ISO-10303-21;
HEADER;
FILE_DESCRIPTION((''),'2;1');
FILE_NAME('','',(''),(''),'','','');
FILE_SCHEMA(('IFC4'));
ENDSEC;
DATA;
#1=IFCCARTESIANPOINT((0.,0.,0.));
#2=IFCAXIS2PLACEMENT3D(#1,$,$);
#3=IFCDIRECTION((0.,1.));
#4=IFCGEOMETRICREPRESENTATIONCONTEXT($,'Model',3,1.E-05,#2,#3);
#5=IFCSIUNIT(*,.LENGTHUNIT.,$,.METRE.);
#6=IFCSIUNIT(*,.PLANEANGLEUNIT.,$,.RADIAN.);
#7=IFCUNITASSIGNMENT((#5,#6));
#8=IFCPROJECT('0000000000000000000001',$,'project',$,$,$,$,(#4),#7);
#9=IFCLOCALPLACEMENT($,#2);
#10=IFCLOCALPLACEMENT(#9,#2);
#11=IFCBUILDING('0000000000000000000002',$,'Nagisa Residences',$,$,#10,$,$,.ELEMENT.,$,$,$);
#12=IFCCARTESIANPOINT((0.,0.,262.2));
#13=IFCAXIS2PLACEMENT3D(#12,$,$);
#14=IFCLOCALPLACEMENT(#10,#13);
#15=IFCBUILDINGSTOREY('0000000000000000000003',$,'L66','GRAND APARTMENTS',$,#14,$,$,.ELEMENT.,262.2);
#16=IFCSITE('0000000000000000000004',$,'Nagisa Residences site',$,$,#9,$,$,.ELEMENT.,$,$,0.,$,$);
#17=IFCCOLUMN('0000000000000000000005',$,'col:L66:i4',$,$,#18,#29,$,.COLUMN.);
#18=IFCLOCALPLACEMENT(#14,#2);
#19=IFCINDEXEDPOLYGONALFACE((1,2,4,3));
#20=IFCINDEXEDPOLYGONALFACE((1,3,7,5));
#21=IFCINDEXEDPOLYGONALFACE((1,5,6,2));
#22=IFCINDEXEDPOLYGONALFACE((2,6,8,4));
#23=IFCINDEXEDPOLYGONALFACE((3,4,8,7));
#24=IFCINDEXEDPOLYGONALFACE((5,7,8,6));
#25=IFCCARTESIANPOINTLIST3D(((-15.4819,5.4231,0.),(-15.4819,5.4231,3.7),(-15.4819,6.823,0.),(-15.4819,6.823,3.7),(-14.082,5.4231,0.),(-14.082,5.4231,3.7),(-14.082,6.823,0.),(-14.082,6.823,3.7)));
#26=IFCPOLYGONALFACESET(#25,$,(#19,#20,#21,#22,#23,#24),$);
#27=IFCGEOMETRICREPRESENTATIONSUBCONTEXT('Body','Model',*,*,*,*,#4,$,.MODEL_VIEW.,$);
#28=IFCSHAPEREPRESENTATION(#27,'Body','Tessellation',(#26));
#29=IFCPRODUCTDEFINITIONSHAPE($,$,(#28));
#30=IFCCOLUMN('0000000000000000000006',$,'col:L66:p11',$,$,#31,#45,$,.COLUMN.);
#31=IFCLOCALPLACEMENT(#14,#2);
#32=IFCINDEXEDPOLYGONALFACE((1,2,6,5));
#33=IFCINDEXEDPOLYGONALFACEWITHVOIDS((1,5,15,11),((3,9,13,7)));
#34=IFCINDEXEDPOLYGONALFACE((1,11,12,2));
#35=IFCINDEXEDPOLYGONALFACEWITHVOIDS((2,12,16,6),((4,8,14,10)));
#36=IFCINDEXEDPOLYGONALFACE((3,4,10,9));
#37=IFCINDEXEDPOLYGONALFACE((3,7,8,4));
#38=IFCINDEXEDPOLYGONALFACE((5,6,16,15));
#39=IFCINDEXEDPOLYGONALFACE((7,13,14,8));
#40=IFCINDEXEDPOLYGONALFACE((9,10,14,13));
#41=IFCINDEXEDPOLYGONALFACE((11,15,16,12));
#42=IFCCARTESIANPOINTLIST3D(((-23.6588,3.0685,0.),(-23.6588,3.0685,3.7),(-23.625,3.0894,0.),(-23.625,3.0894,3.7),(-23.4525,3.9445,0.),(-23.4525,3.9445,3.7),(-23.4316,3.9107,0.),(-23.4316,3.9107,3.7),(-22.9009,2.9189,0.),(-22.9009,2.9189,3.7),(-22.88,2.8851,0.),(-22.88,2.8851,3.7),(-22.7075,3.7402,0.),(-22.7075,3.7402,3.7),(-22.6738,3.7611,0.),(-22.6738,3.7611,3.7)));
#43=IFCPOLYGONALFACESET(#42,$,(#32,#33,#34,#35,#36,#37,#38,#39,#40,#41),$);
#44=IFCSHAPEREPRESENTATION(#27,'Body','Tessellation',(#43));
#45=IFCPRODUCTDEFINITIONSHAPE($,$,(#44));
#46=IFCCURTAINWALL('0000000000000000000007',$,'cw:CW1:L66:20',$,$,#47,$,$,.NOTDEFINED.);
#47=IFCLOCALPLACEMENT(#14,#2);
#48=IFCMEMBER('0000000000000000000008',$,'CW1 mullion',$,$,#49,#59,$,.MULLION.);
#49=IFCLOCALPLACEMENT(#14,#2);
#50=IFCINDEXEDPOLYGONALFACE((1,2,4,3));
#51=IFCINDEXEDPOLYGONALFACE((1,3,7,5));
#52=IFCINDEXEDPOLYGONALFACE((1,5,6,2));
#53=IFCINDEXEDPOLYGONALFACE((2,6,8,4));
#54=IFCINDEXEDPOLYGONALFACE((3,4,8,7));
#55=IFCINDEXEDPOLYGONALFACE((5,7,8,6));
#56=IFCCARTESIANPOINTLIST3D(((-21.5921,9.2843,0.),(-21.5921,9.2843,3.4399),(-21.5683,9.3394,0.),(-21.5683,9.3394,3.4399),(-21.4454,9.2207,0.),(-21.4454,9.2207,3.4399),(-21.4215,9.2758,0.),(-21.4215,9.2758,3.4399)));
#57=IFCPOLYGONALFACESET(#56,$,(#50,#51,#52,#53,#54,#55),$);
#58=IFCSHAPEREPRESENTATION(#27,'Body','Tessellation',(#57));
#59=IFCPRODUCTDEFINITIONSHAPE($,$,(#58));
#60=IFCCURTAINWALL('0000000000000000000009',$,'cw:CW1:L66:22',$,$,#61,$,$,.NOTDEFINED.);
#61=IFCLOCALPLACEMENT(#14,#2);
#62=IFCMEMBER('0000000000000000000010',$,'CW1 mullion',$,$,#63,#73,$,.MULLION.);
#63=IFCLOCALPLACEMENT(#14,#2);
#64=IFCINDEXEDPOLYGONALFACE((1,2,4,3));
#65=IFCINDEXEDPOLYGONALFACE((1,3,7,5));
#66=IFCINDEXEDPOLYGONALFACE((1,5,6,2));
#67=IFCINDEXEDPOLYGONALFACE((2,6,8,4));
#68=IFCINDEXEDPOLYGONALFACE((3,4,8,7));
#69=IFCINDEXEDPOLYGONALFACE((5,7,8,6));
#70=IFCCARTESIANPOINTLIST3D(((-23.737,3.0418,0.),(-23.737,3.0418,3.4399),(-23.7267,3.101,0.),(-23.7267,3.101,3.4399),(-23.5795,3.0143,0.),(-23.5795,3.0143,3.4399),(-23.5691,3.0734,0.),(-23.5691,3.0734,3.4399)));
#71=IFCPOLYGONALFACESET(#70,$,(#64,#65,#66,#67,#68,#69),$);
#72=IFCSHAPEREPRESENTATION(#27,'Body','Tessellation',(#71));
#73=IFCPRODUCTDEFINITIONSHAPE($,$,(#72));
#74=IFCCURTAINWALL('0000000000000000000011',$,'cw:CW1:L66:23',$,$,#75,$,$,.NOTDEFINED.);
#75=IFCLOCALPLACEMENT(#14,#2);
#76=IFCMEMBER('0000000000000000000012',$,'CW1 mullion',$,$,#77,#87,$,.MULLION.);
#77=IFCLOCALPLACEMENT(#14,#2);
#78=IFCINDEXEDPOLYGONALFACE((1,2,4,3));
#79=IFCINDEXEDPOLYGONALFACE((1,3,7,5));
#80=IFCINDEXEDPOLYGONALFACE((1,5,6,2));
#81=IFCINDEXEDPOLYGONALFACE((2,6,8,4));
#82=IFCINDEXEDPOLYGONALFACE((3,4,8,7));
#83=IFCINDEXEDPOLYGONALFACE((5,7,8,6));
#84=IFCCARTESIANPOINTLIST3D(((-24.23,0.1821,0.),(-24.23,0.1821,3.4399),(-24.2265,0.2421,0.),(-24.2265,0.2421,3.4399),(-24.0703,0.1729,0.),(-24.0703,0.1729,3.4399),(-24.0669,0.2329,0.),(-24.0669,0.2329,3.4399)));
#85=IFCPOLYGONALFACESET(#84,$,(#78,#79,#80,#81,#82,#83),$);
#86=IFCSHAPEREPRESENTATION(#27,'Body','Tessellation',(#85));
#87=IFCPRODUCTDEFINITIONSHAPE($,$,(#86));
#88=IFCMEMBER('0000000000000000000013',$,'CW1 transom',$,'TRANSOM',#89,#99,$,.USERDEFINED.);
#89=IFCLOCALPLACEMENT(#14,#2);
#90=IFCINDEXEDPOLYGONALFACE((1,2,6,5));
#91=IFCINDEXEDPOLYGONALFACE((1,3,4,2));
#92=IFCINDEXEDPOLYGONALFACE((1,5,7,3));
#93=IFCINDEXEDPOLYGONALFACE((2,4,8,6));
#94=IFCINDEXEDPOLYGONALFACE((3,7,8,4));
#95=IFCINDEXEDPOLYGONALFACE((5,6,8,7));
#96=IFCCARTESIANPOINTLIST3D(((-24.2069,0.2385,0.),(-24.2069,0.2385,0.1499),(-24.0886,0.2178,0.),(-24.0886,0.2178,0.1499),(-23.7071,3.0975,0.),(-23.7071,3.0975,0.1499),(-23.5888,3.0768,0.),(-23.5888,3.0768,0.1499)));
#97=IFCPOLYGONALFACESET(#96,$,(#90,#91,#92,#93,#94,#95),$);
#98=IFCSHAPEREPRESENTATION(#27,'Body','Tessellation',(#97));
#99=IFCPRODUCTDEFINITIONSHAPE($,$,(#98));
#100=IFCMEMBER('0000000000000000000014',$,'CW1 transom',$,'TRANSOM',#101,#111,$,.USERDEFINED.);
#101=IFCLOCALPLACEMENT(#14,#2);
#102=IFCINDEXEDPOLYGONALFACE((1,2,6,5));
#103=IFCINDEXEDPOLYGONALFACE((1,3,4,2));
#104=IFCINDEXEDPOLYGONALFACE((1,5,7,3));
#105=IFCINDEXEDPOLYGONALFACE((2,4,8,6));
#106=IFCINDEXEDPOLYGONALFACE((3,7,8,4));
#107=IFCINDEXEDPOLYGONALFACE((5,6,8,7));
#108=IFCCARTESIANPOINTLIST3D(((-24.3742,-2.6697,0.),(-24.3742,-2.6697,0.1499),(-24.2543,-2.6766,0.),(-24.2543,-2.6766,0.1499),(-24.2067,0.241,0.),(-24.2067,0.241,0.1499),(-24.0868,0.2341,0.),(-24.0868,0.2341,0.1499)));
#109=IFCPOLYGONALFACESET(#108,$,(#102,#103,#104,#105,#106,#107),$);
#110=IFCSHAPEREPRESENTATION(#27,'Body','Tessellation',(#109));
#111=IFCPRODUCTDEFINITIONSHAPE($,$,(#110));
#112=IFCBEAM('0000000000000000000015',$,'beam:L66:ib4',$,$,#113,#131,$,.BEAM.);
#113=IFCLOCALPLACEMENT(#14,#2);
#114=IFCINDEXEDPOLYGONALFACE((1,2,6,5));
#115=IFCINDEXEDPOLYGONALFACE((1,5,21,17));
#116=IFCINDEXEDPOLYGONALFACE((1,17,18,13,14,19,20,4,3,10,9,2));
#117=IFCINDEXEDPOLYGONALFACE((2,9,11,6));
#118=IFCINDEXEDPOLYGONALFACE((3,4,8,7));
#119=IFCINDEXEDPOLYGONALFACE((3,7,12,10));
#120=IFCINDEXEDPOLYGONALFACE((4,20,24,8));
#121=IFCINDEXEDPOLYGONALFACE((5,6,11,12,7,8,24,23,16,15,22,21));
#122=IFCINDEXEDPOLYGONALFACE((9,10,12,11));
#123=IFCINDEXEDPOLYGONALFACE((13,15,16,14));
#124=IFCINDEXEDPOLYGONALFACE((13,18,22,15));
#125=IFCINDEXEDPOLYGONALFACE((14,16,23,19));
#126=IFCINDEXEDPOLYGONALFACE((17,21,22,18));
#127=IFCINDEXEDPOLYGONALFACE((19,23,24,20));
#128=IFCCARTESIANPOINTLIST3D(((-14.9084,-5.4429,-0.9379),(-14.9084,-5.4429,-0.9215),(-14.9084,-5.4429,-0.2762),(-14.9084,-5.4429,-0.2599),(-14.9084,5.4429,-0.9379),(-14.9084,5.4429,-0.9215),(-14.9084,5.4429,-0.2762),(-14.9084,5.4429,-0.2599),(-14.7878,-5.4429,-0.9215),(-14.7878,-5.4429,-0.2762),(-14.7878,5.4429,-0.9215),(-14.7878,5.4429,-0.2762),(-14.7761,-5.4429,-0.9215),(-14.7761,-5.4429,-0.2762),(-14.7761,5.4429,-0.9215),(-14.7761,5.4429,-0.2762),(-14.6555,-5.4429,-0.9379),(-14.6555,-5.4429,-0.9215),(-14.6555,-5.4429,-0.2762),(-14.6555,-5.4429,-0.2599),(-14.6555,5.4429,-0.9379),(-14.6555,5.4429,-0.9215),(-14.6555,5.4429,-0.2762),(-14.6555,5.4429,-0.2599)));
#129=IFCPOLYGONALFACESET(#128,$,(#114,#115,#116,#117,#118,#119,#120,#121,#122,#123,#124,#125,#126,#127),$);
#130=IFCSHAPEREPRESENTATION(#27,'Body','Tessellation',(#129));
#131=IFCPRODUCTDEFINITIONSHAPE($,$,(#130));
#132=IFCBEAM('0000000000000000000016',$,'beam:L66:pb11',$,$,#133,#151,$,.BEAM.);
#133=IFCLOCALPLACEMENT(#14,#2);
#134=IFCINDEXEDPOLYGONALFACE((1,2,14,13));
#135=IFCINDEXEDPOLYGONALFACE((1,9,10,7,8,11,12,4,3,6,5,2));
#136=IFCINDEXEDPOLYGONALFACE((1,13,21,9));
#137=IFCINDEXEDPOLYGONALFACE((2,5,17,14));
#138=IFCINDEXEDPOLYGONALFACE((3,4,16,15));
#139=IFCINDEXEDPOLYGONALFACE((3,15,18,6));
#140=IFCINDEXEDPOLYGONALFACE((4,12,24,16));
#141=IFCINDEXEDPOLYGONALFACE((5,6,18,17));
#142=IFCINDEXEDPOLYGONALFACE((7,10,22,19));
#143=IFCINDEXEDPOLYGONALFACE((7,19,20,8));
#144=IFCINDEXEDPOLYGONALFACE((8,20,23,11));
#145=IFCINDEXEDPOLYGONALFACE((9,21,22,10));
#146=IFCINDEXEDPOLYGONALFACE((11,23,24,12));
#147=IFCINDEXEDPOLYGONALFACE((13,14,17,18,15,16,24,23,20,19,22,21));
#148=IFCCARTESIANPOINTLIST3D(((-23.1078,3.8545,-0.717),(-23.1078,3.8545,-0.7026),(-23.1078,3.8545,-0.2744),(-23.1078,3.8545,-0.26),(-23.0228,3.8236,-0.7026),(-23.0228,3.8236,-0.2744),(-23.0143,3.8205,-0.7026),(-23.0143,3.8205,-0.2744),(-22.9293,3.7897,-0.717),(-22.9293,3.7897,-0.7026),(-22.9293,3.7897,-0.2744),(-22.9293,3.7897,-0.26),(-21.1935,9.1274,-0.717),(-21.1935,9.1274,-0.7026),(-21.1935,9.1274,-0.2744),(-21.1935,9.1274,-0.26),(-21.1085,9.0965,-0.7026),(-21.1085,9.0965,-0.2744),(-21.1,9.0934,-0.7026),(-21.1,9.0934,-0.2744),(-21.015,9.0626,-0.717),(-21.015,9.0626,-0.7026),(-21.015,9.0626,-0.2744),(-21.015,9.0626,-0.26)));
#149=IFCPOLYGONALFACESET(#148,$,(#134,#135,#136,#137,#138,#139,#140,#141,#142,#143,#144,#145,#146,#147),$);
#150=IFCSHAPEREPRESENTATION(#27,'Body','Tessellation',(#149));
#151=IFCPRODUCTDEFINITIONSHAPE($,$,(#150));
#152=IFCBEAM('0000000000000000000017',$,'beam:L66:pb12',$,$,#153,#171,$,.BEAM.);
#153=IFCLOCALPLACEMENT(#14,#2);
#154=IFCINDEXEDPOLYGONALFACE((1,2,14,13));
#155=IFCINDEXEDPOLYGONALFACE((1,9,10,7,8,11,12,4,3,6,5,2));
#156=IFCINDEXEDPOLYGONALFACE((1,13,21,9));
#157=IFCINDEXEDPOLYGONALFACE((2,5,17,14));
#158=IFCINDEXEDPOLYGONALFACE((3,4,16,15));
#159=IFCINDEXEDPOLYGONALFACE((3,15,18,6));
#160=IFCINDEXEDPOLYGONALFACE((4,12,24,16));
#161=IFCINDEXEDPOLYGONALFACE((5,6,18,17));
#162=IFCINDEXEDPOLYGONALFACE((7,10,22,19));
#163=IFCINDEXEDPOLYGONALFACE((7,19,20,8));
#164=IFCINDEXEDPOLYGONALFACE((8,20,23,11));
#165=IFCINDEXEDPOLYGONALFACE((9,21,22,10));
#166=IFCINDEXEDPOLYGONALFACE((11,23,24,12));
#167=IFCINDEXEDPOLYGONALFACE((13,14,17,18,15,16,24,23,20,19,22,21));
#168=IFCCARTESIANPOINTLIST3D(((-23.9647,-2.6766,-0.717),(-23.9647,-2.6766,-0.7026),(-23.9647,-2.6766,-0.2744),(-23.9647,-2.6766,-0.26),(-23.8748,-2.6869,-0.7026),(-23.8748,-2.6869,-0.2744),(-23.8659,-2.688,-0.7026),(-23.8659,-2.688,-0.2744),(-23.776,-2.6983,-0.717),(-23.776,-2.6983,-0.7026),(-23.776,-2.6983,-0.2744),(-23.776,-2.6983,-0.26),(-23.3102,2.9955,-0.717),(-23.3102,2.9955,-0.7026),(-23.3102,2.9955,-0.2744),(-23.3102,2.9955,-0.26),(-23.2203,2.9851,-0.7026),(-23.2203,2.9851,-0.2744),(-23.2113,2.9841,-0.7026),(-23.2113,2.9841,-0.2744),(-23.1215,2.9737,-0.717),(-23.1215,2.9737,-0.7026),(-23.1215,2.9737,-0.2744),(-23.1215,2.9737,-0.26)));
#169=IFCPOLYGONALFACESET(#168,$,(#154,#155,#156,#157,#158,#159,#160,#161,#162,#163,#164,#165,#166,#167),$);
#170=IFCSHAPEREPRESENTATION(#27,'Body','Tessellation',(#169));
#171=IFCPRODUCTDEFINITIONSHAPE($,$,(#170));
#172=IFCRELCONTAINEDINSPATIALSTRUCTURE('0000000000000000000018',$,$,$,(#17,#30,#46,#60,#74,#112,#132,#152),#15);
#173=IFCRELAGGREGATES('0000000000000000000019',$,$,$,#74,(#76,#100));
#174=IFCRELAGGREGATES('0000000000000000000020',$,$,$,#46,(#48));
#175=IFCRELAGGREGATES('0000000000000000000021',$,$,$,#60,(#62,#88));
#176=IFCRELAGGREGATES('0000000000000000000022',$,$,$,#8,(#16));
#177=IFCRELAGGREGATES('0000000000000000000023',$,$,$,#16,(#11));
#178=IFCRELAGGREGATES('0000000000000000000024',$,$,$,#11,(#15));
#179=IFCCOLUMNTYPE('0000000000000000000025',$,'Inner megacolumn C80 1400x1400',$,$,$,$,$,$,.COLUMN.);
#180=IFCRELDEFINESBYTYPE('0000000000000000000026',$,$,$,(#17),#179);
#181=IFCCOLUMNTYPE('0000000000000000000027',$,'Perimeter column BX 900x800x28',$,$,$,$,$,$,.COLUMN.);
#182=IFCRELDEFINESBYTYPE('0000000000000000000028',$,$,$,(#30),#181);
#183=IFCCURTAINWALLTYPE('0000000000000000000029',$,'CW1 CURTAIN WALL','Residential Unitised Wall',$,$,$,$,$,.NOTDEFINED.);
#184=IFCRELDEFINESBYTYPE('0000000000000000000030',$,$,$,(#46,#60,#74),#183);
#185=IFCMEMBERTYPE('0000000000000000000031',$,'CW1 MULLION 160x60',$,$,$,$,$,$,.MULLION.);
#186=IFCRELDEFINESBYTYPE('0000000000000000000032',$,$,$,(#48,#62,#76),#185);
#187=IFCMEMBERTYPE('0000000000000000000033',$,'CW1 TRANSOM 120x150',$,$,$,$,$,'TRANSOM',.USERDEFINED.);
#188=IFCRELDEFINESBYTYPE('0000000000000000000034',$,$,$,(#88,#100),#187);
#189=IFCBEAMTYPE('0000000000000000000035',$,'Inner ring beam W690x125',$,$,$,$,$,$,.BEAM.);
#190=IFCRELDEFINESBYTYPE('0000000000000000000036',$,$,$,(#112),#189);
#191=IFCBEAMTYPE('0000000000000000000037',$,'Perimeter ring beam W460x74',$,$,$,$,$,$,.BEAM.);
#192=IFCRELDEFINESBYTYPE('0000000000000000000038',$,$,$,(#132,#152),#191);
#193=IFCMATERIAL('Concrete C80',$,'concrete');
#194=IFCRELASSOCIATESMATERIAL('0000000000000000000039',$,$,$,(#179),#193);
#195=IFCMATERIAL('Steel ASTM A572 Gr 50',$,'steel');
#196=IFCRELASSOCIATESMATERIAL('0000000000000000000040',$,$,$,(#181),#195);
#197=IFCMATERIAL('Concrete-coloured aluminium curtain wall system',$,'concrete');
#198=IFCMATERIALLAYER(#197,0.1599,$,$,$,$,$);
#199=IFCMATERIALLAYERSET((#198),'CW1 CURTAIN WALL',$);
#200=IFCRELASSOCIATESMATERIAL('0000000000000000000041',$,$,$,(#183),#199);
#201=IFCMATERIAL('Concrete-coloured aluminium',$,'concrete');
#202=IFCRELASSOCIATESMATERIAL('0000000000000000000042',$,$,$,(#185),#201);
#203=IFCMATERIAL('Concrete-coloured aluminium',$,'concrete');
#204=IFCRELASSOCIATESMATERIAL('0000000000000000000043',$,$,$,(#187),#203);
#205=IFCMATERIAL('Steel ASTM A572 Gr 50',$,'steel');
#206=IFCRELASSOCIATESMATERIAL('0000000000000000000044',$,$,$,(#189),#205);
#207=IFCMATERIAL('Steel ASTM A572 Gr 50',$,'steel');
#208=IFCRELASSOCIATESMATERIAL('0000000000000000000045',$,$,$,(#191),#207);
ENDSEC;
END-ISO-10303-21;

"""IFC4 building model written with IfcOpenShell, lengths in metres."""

from ifc_helpers import new_model, si_unit, direction, frame, origin, origin_2d, place, context, subcontext, project, spatial, rectangle, hollow_rectangle, i_section, extrude, material, layer, layer_set, material_profile, profile_set, type_object, element, aggregate, save


model = new_model("IFC4")

# Units and contexts
model_context = context("Model", 3, precision=1e-05, world=origin(), true_north=direction((0.0, 1.0)))
body_context = subcontext(model_context, "Body", "Model", "MODEL_VIEW")
ifc_project = project(units=[si_unit("LENGTHUNIT", "METRE"), si_unit("PLANEANGLEUNIT", "RADIAN")], contexts=[model_context])

# Site, building, storey
site_placement = place(None, origin())
site = spatial("IfcSite", under=ifc_project, at=site_placement, Name="Nagisa Residences site", CompositionType="ELEMENT", RefElevation=0.0)
building_placement = place(site_placement, origin())
building = spatial("IfcBuilding", under=site, at=building_placement, Name="Nagisa Residences", CompositionType="ELEMENT")
storey_placement = place(building_placement, frame((0.0, 0.0, 262.2)))
storey = spatial("IfcBuildingStorey", under=building, at=storey_placement, Name="L66", Description="GRAND APARTMENTS", CompositionType="ELEMENT", Elevation=262.2)

# Columns
ifc_material_1 = material(Name="Concrete C80", Category="concrete")
ifc_material_profile_1 = material_profile(ifc_material_1, rectangle(XDim=1.3999, YDim=1.3999, at=origin_2d()), Name="C80 1400x1400")
ifc_profile_set_1 = profile_set([ifc_material_profile_1], Name="Concrete C80")
column_type_1 = type_object("IfcColumnType", Name="Inner megacolumn C80 1400x1400", PredefinedType="COLUMN", material=ifc_profile_set_1)
column_1_placement = place(storey_placement, frame((-14.782, 6.123, 0.0), z_axis=(0.0, 0.0, 1.0), x_axis=(1.0, 0.0, 0.0)))
element("IfcColumn", 1, at=column_1_placement, inside=storey, type_object=column_type_1, Name="col:L66:i4", PredefinedType="COLUMN", context=body_context, shape_type="SweptSolid", body=[
    extrude(rectangle(XDim=1.3999, YDim=1.3999, at=origin_2d()), origin(), (0.0, 0.0, 1.0), 3.7),
])
ifc_material_2 = material(Name="Steel ASTM A572 Gr 50", Category="steel")
ifc_material_profile_2 = material_profile(ifc_material_2, hollow_rectangle(XDim=0.8999, YDim=0.8, WallThickness=0.0281, at=origin_2d()), Name="BX 900x800x28")
ifc_profile_set_2 = profile_set([ifc_material_profile_2], Name="Steel ASTM A572 Gr 50")
column_type_2 = type_object("IfcColumnType", Name="Perimeter column BX 900x800x28", PredefinedType="COLUMN", material=ifc_profile_set_2)
column_2_placement = place(storey_placement, frame((-23.1663, 3.4148, 0.0), z_axis=(0.0, 0.0, 1.0), x_axis=(-0.229202, -0.973379, 0.0)))
element("IfcColumn", 2, at=column_2_placement, inside=storey, type_object=column_type_2, Name="col:L66:p11", PredefinedType="COLUMN", context=body_context, shape_type="SweptSolid", body=[
    extrude(hollow_rectangle(XDim=0.8999, YDim=0.8, WallThickness=0.0281, at=origin_2d()), origin(), (0.0, 0.0, 1.0), 3.7),
])

# Curtain walls, members
ifc_material_3 = material(Name="Concrete-coloured aluminium curtain wall system", Category="concrete")
ifc_layer_1 = layer(ifc_material_3, 0.1599)
ifc_layer_set_1 = layer_set([ifc_layer_1], Name="CW1 CURTAIN WALL")
curtain_wall_type = type_object("IfcCurtainWallType", Name="CW1 CURTAIN WALL", Description="Residential Unitised Wall", PredefinedType="NOTDEFINED", material=ifc_layer_set_1)
curtain_wall_1_placement = place(storey_placement, origin())
curtain_wall_1 = element("IfcCurtainWall", 3, at=curtain_wall_1_placement, inside=storey, type_object=curtain_wall_type, Name="cw:CW1:L66:20", PredefinedType="NOTDEFINED")
ifc_material_4 = material(Name="Concrete-coloured aluminium", Category="concrete")
ifc_material_profile_3 = material_profile(ifc_material_4, rectangle(XDim=0.1599, YDim=0.0601, at=origin_2d()), Name="CW1 MULLION 160x60")
ifc_profile_set_3 = profile_set([ifc_material_profile_3], Name="Concrete-coloured aluminium")
member_type_1 = type_object("IfcMemberType", Name="CW1 MULLION 160x60", PredefinedType="MULLION", material=ifc_profile_set_3)
member_1_placement = place(storey_placement, frame((-21.5068, 9.28, 0.0), z_axis=(0.0, 0.0, 1.0), x_axis=(0.917543, -0.397636, 0.0)))
member_1 = element("IfcMember", 4, at=member_1_placement, type_object=member_type_1, Name="CW1 mullion", PredefinedType="MULLION", context=body_context, shape_type="SweptSolid", body=[
    extrude(rectangle(XDim=0.1599, YDim=0.0601, at=origin_2d()), origin(), (0.0, 0.0, 1.0), 3.4399),
])
curtain_wall_2_placement = place(storey_placement, origin())
curtain_wall_2 = element("IfcCurtainWall", 5, at=curtain_wall_2_placement, inside=storey, type_object=curtain_wall_type, Name="cw:CW1:L66:22", PredefinedType="NOTDEFINED")
member_2_placement = place(storey_placement, frame((-23.6531, 3.0576, 0.0), z_axis=(0.0, 0.0, 1.0), x_axis=(0.985064, -0.172191, 0.0)))
member_2 = element("IfcMember", 6, at=member_2_placement, type_object=member_type_1, Name="CW1 mullion", PredefinedType="MULLION", context=body_context, shape_type="SweptSolid", body=[
    extrude(rectangle(XDim=0.1599, YDim=0.0601, at=origin_2d()), origin(), (0.0, 0.0, 1.0), 3.4399),
])
curtain_wall_3_placement = place(storey_placement, origin())
curtain_wall_3 = element("IfcCurtainWall", 7, at=curtain_wall_3_placement, inside=storey, type_object=curtain_wall_type, Name="cw:CW1:L66:23", PredefinedType="NOTDEFINED")
member_3_placement = place(storey_placement, frame((-24.1484, 0.2075, 0.0), z_axis=(0.0, 0.0, 1.0), x_axis=(0.998345, -0.057503, 0.0)))
member_3 = element("IfcMember", 8, at=member_3_placement, type_object=member_type_1, Name="CW1 mullion", PredefinedType="MULLION", context=body_context, shape_type="SweptSolid", body=[
    extrude(rectangle(XDim=0.1599, YDim=0.0601, at=origin_2d()), origin(), (0.0, 0.0, 1.0), 3.4399),
])

# Members
ifc_material_5 = material(Name="Concrete-coloured aluminium", Category="concrete")
ifc_material_profile_4 = material_profile(ifc_material_5, rectangle(XDim=0.1201, YDim=0.1499, at=origin_2d()), Name="CW1 TRANSOM 120x150")
ifc_profile_set_4 = profile_set([ifc_material_profile_4], Name="Concrete-coloured aluminium")
member_type_2 = type_object("IfcMemberType", Name="CW1 TRANSOM 120x150", ElementType="TRANSOM", PredefinedType="USERDEFINED", material=ifc_profile_set_4)
member_4_placement = place(storey_placement, frame((-23.6479, 3.0872, 0.075), z_axis=(-0.172197, -0.985063, 0.0), x_axis=(0.985063, -0.172197, 0.0)))
member_4 = element("IfcMember", 9, at=member_4_placement, type_object=member_type_2, Name="CW1 transom", ObjectType="TRANSOM", PredefinedType="USERDEFINED", context=body_context, shape_type="SweptSolid", body=[
    extrude(rectangle(XDim=0.1201, YDim=0.1499, at=origin_2d()), origin(), (0.0, 0.0, 1.0), 2.9023),
])
member_5_placement = place(storey_placement, frame((-24.1467, 0.2375, 0.075), z_axis=(-0.057446, -0.998349, 0.0), x_axis=(0.998349, -0.057446, 0.0)))
member_5 = element("IfcMember", 10, at=member_5_placement, type_object=member_type_2, Name="CW1 transom", ObjectType="TRANSOM", PredefinedType="USERDEFINED", context=body_context, shape_type="SweptSolid", body=[
    extrude(rectangle(XDim=0.1201, YDim=0.1499, at=origin_2d()), origin(), (0.0, 0.0, 1.0), 2.9155),
])
aggregate(curtain_wall_3, [member_3, member_5])

# Beams
ifc_material_6 = material(Name="Steel ASTM A572 Gr 50", Category="steel")
ifc_material_profile_5 = material_profile(ifc_material_6, i_section(OverallWidth=0.2529, OverallDepth=0.678, WebThickness=0.0117, FlangeThickness=0.0164, at=origin_2d()), Name="W690x125")
ifc_profile_set_5 = profile_set([ifc_material_profile_5], Name="Steel ASTM A572 Gr 50")
beam_type_1 = type_object("IfcBeamType", Name="Inner ring beam W690x125", PredefinedType="BEAM", material=ifc_profile_set_5)
beam_1_placement = place(storey_placement, frame((-14.782, 5.4429, -0.5989), z_axis=(0.0, -1.0, 0.0), x_axis=(1.0, 0.0, 0.0)))
element("IfcBeam", 11, at=beam_1_placement, inside=storey, type_object=beam_type_1, Name="beam:L66:ib4", PredefinedType="BEAM", context=body_context, shape_type="SweptSolid", body=[
    extrude(i_section(OverallWidth=0.2529, OverallDepth=0.678, WebThickness=0.0117, FlangeThickness=0.0164, at=origin_2d()), origin(), (0.0, 0.0, 1.0), 10.8857),
])
ifc_material_7 = material(Name="Steel ASTM A572 Gr 50", Category="steel")
ifc_material_profile_6 = material_profile(ifc_material_7, i_section(OverallWidth=0.1899, OverallDepth=0.457, WebThickness=0.009, FlangeThickness=0.0144, at=origin_2d()), Name="W460x74")
ifc_profile_set_6 = profile_set([ifc_material_profile_6], Name="Steel ASTM A572 Gr 50")
beam_type_2 = type_object("IfcBeamType", Name="Perimeter ring beam W460x74", PredefinedType="BEAM", material=ifc_profile_set_6)
beam_2_placement = place(storey_placement, frame((-21.1042, 9.095, -0.4885), z_axis=(-0.34125, -0.939972, 0.0), x_axis=(0.939972, -0.34125, 0.0)))
element("IfcBeam", 12, at=beam_2_placement, inside=storey, type_object=beam_type_2, Name="beam:L66:pb11", PredefinedType="BEAM", context=body_context, shape_type="SweptSolid", body=[
    extrude(i_section(OverallWidth=0.1899, OverallDepth=0.457, WebThickness=0.009, FlangeThickness=0.0144, at=origin_2d()), origin(), (0.0, 0.0, 1.0), 5.6096),
])
beam_3_placement = place(storey_placement, frame((-23.2158, 2.9846, -0.4885), z_axis=(-0.114635, -0.993408, 0.0), x_axis=(0.993408, -0.114635, 0.0)))
element("IfcBeam", 13, at=beam_3_placement, inside=storey, type_object=beam_type_2, Name="beam:L66:pb12", PredefinedType="BEAM", context=body_context, shape_type="SweptSolid", body=[
    extrude(i_section(OverallWidth=0.1899, OverallDepth=0.457, WebThickness=0.009, FlangeThickness=0.0144, at=origin_2d()), origin(), (0.0, 0.0, 1.0), 5.7097),
])

aggregate(curtain_wall_1, [member_1])
aggregate(curtain_wall_2, [member_2, member_4])

save(model, "model.ifc")
